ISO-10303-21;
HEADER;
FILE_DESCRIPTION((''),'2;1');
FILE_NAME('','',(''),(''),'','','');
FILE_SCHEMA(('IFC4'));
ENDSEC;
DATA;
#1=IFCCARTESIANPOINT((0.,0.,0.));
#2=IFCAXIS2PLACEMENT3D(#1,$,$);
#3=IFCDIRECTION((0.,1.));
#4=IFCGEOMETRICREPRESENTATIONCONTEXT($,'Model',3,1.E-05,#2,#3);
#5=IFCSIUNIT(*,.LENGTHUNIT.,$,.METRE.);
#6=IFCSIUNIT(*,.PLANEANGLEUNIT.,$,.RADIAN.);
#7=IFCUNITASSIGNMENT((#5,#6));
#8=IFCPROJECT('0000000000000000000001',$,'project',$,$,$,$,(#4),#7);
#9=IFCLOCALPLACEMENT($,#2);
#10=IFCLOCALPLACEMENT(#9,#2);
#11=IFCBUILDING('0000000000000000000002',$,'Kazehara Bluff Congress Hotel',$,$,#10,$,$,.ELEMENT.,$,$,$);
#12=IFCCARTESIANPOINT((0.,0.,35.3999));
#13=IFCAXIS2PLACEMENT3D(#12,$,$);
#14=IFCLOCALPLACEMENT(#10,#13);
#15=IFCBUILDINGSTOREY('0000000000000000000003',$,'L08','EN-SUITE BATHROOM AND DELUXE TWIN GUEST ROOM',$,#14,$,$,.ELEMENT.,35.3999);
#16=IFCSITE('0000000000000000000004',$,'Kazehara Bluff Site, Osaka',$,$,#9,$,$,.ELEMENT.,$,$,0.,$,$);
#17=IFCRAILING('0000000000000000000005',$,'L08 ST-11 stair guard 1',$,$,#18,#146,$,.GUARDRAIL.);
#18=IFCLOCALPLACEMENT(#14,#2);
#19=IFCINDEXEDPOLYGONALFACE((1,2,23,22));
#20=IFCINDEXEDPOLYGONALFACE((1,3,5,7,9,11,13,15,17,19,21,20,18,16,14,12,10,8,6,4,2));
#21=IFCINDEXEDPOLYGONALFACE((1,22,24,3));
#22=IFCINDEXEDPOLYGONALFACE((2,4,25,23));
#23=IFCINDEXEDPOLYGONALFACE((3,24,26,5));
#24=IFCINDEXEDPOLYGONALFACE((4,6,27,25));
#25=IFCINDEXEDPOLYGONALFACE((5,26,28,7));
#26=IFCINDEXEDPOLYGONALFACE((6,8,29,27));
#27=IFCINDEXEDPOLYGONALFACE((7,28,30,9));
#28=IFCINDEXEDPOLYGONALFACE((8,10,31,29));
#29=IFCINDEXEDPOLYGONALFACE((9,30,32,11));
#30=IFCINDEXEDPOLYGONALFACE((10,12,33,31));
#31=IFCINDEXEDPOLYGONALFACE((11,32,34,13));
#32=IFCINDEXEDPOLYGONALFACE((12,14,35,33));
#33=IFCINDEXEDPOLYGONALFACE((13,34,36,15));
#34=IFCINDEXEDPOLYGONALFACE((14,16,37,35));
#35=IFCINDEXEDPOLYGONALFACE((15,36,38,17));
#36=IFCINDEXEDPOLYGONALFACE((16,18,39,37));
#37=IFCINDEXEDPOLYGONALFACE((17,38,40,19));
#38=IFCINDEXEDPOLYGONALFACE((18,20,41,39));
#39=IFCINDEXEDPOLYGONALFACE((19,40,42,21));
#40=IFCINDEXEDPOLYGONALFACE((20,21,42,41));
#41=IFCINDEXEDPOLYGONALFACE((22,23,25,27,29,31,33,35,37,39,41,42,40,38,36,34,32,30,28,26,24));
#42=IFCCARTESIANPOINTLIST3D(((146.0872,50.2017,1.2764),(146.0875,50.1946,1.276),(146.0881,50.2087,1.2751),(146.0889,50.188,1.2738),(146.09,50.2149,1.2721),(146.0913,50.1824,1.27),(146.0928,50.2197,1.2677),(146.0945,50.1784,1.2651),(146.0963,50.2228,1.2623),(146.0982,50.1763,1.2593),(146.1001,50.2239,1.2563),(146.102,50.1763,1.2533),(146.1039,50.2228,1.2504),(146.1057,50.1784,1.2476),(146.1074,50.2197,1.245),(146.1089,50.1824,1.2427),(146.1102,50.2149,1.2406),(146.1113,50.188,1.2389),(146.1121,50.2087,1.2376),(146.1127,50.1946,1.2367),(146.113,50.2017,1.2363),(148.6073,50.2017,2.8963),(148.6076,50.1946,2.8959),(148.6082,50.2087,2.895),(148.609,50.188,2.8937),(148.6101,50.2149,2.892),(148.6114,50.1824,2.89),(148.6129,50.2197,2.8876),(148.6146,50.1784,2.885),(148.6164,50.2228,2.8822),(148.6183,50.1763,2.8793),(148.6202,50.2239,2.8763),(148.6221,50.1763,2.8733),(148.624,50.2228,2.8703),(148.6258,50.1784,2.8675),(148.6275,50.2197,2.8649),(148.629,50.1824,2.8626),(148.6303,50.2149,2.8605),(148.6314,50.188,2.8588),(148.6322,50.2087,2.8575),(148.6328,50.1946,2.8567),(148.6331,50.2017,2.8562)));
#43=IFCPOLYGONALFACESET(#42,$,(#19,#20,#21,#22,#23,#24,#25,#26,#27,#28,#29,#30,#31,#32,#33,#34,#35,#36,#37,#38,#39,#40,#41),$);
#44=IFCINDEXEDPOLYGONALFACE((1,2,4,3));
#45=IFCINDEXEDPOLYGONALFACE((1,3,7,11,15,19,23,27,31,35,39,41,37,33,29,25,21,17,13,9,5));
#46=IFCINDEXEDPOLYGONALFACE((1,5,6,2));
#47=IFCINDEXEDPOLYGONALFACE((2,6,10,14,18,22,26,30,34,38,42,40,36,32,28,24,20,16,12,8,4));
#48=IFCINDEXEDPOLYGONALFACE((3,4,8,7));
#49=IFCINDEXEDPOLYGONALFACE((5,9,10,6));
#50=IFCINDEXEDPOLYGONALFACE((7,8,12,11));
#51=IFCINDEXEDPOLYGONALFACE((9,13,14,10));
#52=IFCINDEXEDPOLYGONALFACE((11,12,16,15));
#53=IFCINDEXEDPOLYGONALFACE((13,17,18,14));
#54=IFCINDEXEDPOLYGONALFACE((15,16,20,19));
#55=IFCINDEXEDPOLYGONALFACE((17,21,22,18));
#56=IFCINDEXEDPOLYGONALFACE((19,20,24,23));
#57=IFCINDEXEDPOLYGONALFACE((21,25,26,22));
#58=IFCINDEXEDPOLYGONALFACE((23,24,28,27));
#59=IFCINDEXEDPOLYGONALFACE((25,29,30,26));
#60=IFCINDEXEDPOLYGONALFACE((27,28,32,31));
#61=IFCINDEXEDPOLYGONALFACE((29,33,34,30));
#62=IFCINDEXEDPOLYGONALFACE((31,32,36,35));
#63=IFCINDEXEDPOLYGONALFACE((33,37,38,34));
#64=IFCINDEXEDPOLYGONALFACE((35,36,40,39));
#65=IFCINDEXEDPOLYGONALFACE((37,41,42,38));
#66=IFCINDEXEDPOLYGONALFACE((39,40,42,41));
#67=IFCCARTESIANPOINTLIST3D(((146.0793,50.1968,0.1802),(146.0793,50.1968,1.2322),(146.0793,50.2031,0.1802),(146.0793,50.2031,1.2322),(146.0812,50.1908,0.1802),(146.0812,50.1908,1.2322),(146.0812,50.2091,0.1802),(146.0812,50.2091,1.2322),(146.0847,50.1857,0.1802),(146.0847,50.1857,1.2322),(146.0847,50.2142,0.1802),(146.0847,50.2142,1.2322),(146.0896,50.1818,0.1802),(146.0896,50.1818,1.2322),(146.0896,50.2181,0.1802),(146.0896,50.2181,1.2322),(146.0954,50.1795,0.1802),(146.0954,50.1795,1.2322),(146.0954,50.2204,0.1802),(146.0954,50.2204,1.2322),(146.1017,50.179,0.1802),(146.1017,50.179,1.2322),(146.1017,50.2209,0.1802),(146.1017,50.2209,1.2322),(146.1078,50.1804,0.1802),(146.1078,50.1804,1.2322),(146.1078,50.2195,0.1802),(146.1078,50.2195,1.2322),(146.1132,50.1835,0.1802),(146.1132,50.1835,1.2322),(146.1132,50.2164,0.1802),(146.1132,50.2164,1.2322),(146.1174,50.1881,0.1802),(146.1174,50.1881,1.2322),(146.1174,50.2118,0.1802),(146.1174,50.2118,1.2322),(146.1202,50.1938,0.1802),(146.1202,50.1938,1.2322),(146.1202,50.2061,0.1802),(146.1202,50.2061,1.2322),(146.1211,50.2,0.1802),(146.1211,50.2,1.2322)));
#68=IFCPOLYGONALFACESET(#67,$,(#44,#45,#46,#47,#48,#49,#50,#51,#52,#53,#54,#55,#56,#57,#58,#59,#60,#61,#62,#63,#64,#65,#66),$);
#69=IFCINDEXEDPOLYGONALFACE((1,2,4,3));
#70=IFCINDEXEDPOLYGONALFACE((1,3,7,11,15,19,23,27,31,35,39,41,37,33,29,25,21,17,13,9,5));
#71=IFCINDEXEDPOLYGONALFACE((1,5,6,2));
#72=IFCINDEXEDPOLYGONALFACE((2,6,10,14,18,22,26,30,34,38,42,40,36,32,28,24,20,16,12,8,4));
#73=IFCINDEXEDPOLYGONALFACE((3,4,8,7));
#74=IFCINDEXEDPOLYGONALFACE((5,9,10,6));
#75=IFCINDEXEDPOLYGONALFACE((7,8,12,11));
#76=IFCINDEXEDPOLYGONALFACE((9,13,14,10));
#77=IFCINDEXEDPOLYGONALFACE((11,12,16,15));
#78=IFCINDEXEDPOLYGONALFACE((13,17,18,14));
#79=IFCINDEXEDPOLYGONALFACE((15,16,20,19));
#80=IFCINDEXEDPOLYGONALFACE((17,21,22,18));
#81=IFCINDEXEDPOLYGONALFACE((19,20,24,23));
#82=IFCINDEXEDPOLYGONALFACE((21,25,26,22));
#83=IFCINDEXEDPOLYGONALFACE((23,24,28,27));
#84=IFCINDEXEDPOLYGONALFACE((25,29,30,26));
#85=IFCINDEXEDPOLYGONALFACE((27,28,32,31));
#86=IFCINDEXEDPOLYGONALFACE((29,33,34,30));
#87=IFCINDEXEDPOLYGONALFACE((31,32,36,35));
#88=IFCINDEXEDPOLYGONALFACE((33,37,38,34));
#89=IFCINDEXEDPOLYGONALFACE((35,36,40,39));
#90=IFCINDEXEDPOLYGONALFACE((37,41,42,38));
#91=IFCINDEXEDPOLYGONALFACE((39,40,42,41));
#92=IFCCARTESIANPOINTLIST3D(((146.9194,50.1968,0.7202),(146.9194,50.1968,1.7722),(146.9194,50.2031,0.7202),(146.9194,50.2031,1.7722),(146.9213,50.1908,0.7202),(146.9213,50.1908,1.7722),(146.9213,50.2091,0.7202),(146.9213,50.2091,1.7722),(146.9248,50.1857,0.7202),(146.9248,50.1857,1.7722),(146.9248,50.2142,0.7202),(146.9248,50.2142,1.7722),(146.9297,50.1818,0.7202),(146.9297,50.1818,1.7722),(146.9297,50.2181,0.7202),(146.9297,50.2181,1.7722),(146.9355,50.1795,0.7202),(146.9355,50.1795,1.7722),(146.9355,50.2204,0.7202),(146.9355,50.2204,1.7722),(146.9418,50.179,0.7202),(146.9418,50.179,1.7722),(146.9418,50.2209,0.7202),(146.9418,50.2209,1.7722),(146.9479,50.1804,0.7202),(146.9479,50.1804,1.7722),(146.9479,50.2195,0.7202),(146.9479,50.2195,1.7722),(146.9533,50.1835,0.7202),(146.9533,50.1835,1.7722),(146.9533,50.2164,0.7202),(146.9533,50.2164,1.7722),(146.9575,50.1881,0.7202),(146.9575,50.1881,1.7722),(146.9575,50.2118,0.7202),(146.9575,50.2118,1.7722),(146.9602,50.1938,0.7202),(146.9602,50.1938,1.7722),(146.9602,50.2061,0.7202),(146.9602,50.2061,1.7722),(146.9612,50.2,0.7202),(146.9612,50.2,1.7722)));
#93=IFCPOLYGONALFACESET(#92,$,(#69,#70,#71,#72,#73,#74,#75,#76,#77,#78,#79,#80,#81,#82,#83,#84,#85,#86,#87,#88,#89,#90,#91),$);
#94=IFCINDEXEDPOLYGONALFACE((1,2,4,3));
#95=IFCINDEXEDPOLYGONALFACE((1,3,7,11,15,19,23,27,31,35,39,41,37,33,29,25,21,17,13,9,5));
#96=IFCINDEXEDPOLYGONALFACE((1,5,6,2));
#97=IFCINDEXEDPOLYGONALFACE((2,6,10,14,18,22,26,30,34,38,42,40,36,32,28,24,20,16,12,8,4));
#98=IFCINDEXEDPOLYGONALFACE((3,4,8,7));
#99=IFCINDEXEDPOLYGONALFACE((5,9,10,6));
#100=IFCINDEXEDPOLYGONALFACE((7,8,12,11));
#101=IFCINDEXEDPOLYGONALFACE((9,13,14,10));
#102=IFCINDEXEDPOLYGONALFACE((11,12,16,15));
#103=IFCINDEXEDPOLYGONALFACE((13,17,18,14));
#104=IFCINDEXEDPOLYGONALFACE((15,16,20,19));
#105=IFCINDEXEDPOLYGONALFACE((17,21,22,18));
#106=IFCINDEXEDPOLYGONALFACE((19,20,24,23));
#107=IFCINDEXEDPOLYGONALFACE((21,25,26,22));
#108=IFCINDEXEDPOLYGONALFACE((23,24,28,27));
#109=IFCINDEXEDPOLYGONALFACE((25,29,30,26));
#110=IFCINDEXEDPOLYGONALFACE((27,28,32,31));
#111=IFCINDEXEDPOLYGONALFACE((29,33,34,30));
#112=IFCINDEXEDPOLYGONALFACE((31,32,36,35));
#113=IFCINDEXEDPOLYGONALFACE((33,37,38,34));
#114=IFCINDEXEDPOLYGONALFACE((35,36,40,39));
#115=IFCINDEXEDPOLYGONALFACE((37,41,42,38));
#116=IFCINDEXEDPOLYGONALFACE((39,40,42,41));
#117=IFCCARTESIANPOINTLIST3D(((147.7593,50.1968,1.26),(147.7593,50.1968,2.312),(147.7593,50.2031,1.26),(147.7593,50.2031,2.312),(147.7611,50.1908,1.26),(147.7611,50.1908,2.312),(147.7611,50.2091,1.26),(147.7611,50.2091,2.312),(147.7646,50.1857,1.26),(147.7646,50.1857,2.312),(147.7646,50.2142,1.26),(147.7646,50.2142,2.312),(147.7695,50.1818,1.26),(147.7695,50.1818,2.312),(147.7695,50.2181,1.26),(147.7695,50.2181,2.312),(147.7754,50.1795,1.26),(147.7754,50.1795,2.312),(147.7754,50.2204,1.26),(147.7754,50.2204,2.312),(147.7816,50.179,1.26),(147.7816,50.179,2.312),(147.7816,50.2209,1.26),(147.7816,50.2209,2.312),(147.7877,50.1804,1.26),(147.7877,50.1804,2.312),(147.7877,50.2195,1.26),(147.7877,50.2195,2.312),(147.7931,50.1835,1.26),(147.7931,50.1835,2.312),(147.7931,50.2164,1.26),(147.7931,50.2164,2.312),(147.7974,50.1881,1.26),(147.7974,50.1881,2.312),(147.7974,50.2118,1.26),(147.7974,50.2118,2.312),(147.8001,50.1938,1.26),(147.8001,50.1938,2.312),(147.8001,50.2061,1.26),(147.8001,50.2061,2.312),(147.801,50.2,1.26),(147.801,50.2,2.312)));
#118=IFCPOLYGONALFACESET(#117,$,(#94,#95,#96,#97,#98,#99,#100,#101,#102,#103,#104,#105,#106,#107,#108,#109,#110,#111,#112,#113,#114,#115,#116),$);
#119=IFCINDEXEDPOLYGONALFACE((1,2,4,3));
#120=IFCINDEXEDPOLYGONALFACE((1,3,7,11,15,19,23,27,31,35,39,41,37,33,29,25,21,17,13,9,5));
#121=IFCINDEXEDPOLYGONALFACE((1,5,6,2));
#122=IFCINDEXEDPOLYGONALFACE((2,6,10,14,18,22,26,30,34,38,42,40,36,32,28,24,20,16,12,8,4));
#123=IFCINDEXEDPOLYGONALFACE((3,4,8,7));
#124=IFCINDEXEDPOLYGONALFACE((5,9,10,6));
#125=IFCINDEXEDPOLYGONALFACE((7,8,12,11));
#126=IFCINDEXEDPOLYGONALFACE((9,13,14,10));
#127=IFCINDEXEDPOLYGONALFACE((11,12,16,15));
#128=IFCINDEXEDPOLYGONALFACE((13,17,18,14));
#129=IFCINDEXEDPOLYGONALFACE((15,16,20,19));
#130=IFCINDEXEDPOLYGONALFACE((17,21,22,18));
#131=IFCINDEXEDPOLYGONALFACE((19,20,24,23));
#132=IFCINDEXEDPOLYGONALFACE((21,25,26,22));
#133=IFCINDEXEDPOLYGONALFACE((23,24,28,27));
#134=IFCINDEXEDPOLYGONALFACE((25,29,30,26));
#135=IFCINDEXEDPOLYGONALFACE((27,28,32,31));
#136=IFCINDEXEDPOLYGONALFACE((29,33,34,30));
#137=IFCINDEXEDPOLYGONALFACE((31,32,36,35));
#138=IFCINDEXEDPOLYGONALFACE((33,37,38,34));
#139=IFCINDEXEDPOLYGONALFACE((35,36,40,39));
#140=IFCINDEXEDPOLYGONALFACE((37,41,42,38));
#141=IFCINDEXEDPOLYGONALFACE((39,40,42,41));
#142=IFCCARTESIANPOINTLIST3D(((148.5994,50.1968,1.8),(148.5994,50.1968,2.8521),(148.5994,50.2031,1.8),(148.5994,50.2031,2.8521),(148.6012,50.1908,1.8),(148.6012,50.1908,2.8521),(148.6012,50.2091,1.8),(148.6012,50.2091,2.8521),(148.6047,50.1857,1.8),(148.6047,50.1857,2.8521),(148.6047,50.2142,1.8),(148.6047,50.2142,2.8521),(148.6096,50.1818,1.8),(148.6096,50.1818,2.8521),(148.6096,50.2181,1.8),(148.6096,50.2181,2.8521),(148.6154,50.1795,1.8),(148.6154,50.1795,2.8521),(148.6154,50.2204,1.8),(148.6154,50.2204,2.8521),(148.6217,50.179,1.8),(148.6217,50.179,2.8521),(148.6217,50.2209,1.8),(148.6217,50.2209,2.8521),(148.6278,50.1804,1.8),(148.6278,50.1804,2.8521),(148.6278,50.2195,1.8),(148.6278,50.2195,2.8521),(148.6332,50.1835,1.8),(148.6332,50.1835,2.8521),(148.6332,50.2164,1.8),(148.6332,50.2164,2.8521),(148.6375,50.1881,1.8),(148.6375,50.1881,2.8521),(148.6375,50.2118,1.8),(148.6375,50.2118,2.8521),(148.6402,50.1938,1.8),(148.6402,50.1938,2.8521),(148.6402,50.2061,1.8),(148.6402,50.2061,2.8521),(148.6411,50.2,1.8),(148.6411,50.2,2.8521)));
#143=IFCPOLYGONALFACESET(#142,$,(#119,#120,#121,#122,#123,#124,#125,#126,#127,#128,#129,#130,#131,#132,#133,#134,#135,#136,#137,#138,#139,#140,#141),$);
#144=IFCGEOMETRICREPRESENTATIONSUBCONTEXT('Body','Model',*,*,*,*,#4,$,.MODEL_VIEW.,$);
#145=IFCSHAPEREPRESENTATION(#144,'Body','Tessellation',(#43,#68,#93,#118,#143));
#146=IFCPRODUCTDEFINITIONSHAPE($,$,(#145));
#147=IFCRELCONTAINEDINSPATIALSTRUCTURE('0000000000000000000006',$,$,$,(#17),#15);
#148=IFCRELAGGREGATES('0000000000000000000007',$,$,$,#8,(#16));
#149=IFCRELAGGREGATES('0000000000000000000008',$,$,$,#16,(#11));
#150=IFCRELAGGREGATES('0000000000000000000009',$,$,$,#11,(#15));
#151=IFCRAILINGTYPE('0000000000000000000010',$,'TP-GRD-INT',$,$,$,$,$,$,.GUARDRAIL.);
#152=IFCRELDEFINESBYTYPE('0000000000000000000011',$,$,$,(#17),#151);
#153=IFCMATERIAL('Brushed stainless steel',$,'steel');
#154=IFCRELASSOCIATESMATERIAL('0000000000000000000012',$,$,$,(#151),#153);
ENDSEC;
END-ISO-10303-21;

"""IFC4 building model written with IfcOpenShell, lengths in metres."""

from ifc_helpers import new_model, si_unit, direction, frame, origin, origin_2d, place, context, subcontext, project, spatial, circle, extrude, material, type_object, element, save


model = new_model("IFC4")

# Units and contexts
model_context = context("Model", 3, precision=1e-05, world=origin(), true_north=direction((0.0, 1.0)))
body_context = subcontext(model_context, "Body", "Model", "MODEL_VIEW")
ifc_project = project(units=[si_unit("LENGTHUNIT", "METRE"), si_unit("PLANEANGLEUNIT", "RADIAN")], contexts=[model_context])

# Site, building, storey
site_placement = place(None, origin())
site = spatial("IfcSite", under=ifc_project, at=site_placement, Name="Kazehara Bluff Site, Osaka", CompositionType="ELEMENT", RefElevation=0.0)
building_placement = place(site_placement, origin())
building = spatial("IfcBuilding", under=site, at=building_placement, Name="Kazehara Bluff Congress Hotel", CompositionType="ELEMENT")
storey_placement = place(building_placement, frame((0.0, 0.0, 35.3999)))
storey = spatial("IfcBuildingStorey", under=building, at=storey_placement, Name="L08", Description="EN-SUITE BATHROOM AND DELUXE TWIN GUEST ROOM", CompositionType="ELEMENT", Elevation=35.3999)

# Railing
ifc_material_1 = material(Name="Brushed stainless steel", Category="steel")
railing_type_1 = type_object("IfcRailingType", Name="TP-GRD-INT", PredefinedType="GUARDRAIL", material=ifc_material_1)
railing_1_placement = place(storey_placement, frame((146.1001, 50.2, 0.1802)))
element("IfcRailing", 1, at=railing_1_placement, inside=storey, type_object=railing_type_1, Name="L08 ST-11 stair guard 1", PredefinedType="GUARDRAIL", context=body_context, shape_type="SweptSolid", body=[
    extrude(circle(Radius=0.0239, at=origin_2d()), frame((0.0, 0.0, 1.0762), z_axis=(0.8412, 0.0, 0.540725), x_axis=(0.0, 1.0, 0.0)), (0.0, 0.0, 1.0), 2.9958),
    extrude(circle(Radius=0.021, at=origin_2d()), origin(), (0.0, 0.0, 1.0), 1.052),
    extrude(circle(Radius=0.021, at=origin_2d()), frame((0.8401, 0.0, 0.54)), (0.0, 0.0, 1.0), 1.052),
    extrude(circle(Radius=0.021, at=origin_2d()), frame((1.6799, 0.0, 1.0798)), (0.0, 0.0, 1.0), 1.052),
    extrude(circle(Radius=0.021, at=origin_2d()), frame((2.52, 0.0, 1.6199)), (0.0, 0.0, 1.0), 1.052),
])

save(model, "model.ifc")
